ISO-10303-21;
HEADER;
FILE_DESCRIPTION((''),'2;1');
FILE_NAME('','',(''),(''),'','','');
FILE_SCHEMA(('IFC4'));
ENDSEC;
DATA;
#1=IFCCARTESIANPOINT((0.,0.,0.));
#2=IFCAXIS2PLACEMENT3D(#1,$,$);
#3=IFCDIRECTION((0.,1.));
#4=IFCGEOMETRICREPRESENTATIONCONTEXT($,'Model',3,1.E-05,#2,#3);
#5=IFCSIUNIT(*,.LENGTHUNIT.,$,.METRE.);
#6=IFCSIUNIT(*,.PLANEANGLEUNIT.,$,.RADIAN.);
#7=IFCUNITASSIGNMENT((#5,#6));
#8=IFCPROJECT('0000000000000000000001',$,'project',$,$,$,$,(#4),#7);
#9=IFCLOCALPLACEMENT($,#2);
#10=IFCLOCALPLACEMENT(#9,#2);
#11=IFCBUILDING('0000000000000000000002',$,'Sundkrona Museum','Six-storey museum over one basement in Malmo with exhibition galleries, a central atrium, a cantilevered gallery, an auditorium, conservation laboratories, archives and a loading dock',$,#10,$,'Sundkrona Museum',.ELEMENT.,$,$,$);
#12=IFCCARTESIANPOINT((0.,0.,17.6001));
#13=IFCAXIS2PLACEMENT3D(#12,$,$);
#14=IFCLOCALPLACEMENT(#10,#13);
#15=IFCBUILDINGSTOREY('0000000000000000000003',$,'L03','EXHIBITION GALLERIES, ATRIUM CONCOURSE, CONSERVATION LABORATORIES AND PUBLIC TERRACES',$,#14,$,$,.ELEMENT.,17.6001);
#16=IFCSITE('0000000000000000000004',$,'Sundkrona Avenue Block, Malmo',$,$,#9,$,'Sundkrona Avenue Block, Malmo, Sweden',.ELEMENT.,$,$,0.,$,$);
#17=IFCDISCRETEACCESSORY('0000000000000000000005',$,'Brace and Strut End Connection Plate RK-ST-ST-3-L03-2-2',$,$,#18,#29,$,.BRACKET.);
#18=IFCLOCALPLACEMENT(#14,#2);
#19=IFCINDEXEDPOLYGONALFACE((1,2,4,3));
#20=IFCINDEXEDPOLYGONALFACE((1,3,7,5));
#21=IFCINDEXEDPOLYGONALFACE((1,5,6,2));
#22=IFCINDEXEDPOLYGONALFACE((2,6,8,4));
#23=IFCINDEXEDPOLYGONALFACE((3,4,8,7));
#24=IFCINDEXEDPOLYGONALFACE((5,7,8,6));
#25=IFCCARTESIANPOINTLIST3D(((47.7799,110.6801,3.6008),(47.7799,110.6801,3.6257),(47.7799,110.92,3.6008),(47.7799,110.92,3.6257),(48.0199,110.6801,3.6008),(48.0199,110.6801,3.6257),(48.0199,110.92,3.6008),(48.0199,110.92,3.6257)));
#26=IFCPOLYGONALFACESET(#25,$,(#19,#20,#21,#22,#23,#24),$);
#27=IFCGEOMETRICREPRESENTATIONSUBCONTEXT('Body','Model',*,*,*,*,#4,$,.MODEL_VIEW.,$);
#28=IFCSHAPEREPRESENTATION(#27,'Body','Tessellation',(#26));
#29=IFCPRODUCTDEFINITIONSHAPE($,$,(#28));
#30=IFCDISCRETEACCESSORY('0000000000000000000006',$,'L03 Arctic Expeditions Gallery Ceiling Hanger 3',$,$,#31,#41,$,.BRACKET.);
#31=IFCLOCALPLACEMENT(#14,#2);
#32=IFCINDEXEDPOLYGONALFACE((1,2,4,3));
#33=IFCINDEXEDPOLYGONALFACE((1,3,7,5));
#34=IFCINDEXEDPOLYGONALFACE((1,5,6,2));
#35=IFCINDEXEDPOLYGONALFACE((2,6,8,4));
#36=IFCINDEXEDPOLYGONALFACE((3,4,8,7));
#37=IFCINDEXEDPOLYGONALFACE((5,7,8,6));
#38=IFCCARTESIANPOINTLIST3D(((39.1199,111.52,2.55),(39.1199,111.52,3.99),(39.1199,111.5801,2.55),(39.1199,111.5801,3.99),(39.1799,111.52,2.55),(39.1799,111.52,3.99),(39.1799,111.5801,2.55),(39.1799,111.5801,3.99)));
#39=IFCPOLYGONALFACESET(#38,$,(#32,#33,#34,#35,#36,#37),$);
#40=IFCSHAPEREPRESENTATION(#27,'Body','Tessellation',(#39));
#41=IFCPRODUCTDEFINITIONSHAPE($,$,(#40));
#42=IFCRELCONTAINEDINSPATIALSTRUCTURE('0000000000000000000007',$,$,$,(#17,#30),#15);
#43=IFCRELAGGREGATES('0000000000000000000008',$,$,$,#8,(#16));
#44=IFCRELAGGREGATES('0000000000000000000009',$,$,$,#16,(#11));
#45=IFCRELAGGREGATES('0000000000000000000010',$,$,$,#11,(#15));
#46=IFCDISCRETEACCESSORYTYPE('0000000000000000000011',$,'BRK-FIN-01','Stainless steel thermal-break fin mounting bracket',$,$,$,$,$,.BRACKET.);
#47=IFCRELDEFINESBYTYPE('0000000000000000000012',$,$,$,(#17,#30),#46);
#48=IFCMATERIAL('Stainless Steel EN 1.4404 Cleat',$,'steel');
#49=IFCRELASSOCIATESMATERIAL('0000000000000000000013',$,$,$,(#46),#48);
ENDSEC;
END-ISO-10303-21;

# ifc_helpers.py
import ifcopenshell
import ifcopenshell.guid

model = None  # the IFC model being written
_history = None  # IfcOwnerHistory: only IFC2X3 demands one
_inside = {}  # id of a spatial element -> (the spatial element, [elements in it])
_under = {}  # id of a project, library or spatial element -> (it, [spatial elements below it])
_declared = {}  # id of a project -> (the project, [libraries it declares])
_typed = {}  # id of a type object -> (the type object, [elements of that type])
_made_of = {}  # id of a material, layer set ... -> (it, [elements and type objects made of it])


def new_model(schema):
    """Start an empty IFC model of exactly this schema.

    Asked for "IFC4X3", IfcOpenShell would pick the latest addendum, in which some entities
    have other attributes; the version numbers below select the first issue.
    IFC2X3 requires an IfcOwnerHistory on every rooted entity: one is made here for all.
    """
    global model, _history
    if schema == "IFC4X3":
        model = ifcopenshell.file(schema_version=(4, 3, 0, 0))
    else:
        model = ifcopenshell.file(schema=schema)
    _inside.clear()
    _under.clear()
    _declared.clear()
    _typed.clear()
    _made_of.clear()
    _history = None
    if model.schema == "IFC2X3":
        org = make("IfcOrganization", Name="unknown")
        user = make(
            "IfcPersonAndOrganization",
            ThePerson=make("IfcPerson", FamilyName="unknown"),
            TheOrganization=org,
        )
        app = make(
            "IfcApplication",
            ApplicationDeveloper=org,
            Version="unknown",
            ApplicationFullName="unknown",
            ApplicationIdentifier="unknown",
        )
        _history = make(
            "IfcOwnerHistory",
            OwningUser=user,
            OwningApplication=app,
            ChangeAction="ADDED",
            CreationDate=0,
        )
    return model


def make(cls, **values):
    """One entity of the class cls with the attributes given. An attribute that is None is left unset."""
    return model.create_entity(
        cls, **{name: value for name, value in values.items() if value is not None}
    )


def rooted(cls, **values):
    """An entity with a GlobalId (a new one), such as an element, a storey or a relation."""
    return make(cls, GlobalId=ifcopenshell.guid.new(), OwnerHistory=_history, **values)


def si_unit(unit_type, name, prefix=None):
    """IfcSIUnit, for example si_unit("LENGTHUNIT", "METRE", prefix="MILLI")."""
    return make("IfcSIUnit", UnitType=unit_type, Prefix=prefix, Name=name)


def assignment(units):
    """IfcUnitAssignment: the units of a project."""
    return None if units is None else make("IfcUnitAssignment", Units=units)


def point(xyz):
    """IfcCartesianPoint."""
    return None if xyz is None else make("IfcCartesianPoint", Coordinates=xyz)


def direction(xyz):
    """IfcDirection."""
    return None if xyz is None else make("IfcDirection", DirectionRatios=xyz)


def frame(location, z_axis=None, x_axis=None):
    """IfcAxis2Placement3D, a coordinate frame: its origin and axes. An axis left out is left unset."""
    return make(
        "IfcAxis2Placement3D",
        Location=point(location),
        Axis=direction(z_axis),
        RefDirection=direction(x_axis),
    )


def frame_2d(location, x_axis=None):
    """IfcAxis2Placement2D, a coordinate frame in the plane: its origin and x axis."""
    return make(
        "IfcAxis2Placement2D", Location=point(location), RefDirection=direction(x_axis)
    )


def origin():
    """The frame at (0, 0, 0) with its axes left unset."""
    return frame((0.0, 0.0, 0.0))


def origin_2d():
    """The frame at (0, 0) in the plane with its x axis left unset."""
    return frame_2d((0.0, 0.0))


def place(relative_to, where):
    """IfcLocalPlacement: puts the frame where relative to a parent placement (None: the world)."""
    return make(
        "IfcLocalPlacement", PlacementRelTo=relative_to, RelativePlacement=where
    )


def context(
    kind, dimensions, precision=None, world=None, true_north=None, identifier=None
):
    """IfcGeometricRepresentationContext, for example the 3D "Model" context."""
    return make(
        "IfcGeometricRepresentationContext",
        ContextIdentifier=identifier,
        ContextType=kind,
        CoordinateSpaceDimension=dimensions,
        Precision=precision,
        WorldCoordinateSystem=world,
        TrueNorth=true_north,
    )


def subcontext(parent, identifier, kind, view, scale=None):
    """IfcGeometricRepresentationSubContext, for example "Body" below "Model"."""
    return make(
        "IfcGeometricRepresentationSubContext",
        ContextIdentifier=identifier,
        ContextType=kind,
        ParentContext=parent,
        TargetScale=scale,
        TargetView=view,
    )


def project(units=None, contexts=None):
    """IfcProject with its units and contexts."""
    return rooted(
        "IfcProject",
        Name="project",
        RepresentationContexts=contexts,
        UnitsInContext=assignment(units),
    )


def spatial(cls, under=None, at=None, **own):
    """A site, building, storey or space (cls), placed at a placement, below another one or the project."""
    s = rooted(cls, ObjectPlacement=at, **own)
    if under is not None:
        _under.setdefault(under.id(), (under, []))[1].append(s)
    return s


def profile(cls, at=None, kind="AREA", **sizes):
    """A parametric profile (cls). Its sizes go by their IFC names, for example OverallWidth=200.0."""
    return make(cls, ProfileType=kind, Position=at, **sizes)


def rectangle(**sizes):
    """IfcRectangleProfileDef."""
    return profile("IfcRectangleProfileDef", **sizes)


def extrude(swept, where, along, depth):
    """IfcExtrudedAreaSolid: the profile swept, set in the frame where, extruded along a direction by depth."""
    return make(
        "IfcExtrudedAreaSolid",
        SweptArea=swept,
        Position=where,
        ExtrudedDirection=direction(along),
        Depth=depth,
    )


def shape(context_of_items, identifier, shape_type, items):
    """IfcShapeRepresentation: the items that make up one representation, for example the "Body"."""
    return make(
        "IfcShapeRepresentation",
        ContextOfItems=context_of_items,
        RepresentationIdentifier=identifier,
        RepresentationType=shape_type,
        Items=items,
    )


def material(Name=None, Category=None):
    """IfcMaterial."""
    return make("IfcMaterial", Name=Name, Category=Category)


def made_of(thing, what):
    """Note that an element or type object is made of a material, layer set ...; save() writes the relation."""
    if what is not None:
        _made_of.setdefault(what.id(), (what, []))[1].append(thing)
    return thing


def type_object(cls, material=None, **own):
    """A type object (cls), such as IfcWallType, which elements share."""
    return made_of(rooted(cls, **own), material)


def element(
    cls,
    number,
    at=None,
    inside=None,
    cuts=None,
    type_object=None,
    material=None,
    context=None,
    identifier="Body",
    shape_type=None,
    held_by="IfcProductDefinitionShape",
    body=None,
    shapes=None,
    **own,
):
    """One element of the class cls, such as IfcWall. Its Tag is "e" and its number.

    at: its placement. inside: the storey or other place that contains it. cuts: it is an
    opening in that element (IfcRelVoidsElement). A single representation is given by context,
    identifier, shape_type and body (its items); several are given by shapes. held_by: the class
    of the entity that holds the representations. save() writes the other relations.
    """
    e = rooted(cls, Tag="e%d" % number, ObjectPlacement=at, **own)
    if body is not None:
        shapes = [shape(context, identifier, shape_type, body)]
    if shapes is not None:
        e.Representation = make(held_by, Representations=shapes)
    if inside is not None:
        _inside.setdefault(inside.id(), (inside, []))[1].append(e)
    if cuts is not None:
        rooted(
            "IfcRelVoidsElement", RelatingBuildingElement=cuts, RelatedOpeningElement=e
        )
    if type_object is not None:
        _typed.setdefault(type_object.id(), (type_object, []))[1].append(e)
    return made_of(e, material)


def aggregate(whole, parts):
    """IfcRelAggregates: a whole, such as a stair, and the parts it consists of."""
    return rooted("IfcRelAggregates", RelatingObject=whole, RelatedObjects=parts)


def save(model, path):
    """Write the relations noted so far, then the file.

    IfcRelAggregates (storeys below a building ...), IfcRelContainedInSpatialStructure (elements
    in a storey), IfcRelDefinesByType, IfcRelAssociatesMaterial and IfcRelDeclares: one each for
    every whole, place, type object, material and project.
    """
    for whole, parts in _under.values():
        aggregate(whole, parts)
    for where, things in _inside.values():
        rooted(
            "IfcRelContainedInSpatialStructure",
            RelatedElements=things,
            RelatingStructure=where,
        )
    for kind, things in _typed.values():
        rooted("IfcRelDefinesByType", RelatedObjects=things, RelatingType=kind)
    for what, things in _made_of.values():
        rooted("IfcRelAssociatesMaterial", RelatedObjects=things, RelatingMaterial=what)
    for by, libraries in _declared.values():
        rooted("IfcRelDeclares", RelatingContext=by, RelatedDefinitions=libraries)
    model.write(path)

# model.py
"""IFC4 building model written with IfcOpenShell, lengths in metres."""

from ifc_helpers import new_model, si_unit, direction, frame, origin, origin_2d, place, context, subcontext, project, spatial, rectangle, extrude, material, type_object, element, save


model = new_model("IFC4")

# Units and contexts
model_context = context("Model", 3, precision=1e-05, world=origin(), true_north=direction((0.0, 1.0)))
body_context = subcontext(model_context, "Body", "Model", "MODEL_VIEW")
ifc_project = project(units=[si_unit("LENGTHUNIT", "METRE"), si_unit("PLANEANGLEUNIT", "RADIAN")], contexts=[model_context])

# Site, building, storey
site_placement = place(None, origin())
site = spatial("IfcSite", under=ifc_project, at=site_placement, Name="Sundkrona Avenue Block, Malmo", LongName="Sundkrona Avenue Block, Malmo, Sweden", CompositionType="ELEMENT", RefElevation=0.0)
building_placement = place(site_placement, origin())
building = spatial("IfcBuilding", under=site, at=building_placement, Name="Sundkrona Museum", Description="Six-storey museum over one basement in Malmo with exhibition galleries, a central atrium, a cantilevered gallery, an auditorium, conservation laboratories, archives and a loading dock", LongName="Sundkrona Museum", CompositionType="ELEMENT")
storey_placement = place(building_placement, frame((0.0, 0.0, 17.6001)))
storey = spatial("IfcBuildingStorey", under=building, at=storey_placement, Name="L03", Description="EXHIBITION GALLERIES, ATRIUM CONCOURSE, CONSERVATION LABORATORIES AND PUBLIC TERRACES", CompositionType="ELEMENT", Elevation=17.6001)

# Discrete accessories
ifc_material_1 = material(Name="Stainless Steel EN 1.4404 Cleat", Category="steel")
discrete_accessory_type = type_object("IfcDiscreteAccessoryType", Name="BRK-FIN-01", Description="Stainless steel thermal-break fin mounting bracket", PredefinedType="BRACKET", material=ifc_material_1)
for number, where, z_axis, x_axis, name in (
    (1, (47.8999, 110.8, 3.6008), (0.0, 0.0, 1.0), (1.0, 0.0, 0.0), "Brace and Strut End Connection Plate RK-ST-ST-3-L03-2-2"),
):
    element("IfcDiscreteAccessory", number, at=place(storey_placement, frame(where, z_axis=z_axis, x_axis=x_axis)), inside=storey, type_object=discrete_accessory_type, Name=name, PredefinedType="BRACKET", context=body_context, shape_type="SweptSolid", body=[
        extrude(rectangle(XDim=0.24, YDim=0.24, at=origin_2d()), origin(), (0.0, 0.0, 1.0), 0.0249),
    ])
discrete_accessory_placement = place(storey_placement, frame((39.1499, 111.55, 2.55), z_axis=(0.0, 0.0, 1.0), x_axis=(1.0, 0.0, 0.0)))
element("IfcDiscreteAccessory", 2, at=discrete_accessory_placement, inside=storey, type_object=discrete_accessory_type, Name="L03 Arctic Expeditions Gallery Ceiling Hanger 3", PredefinedType="BRACKET", context=body_context, shape_type="SweptSolid", body=[
    extrude(rectangle(XDim=0.0601, YDim=0.0601, at=origin_2d()), origin(), (0.0, 0.0, 1.0), 1.4399),
])

save(model, "model.ifc")
